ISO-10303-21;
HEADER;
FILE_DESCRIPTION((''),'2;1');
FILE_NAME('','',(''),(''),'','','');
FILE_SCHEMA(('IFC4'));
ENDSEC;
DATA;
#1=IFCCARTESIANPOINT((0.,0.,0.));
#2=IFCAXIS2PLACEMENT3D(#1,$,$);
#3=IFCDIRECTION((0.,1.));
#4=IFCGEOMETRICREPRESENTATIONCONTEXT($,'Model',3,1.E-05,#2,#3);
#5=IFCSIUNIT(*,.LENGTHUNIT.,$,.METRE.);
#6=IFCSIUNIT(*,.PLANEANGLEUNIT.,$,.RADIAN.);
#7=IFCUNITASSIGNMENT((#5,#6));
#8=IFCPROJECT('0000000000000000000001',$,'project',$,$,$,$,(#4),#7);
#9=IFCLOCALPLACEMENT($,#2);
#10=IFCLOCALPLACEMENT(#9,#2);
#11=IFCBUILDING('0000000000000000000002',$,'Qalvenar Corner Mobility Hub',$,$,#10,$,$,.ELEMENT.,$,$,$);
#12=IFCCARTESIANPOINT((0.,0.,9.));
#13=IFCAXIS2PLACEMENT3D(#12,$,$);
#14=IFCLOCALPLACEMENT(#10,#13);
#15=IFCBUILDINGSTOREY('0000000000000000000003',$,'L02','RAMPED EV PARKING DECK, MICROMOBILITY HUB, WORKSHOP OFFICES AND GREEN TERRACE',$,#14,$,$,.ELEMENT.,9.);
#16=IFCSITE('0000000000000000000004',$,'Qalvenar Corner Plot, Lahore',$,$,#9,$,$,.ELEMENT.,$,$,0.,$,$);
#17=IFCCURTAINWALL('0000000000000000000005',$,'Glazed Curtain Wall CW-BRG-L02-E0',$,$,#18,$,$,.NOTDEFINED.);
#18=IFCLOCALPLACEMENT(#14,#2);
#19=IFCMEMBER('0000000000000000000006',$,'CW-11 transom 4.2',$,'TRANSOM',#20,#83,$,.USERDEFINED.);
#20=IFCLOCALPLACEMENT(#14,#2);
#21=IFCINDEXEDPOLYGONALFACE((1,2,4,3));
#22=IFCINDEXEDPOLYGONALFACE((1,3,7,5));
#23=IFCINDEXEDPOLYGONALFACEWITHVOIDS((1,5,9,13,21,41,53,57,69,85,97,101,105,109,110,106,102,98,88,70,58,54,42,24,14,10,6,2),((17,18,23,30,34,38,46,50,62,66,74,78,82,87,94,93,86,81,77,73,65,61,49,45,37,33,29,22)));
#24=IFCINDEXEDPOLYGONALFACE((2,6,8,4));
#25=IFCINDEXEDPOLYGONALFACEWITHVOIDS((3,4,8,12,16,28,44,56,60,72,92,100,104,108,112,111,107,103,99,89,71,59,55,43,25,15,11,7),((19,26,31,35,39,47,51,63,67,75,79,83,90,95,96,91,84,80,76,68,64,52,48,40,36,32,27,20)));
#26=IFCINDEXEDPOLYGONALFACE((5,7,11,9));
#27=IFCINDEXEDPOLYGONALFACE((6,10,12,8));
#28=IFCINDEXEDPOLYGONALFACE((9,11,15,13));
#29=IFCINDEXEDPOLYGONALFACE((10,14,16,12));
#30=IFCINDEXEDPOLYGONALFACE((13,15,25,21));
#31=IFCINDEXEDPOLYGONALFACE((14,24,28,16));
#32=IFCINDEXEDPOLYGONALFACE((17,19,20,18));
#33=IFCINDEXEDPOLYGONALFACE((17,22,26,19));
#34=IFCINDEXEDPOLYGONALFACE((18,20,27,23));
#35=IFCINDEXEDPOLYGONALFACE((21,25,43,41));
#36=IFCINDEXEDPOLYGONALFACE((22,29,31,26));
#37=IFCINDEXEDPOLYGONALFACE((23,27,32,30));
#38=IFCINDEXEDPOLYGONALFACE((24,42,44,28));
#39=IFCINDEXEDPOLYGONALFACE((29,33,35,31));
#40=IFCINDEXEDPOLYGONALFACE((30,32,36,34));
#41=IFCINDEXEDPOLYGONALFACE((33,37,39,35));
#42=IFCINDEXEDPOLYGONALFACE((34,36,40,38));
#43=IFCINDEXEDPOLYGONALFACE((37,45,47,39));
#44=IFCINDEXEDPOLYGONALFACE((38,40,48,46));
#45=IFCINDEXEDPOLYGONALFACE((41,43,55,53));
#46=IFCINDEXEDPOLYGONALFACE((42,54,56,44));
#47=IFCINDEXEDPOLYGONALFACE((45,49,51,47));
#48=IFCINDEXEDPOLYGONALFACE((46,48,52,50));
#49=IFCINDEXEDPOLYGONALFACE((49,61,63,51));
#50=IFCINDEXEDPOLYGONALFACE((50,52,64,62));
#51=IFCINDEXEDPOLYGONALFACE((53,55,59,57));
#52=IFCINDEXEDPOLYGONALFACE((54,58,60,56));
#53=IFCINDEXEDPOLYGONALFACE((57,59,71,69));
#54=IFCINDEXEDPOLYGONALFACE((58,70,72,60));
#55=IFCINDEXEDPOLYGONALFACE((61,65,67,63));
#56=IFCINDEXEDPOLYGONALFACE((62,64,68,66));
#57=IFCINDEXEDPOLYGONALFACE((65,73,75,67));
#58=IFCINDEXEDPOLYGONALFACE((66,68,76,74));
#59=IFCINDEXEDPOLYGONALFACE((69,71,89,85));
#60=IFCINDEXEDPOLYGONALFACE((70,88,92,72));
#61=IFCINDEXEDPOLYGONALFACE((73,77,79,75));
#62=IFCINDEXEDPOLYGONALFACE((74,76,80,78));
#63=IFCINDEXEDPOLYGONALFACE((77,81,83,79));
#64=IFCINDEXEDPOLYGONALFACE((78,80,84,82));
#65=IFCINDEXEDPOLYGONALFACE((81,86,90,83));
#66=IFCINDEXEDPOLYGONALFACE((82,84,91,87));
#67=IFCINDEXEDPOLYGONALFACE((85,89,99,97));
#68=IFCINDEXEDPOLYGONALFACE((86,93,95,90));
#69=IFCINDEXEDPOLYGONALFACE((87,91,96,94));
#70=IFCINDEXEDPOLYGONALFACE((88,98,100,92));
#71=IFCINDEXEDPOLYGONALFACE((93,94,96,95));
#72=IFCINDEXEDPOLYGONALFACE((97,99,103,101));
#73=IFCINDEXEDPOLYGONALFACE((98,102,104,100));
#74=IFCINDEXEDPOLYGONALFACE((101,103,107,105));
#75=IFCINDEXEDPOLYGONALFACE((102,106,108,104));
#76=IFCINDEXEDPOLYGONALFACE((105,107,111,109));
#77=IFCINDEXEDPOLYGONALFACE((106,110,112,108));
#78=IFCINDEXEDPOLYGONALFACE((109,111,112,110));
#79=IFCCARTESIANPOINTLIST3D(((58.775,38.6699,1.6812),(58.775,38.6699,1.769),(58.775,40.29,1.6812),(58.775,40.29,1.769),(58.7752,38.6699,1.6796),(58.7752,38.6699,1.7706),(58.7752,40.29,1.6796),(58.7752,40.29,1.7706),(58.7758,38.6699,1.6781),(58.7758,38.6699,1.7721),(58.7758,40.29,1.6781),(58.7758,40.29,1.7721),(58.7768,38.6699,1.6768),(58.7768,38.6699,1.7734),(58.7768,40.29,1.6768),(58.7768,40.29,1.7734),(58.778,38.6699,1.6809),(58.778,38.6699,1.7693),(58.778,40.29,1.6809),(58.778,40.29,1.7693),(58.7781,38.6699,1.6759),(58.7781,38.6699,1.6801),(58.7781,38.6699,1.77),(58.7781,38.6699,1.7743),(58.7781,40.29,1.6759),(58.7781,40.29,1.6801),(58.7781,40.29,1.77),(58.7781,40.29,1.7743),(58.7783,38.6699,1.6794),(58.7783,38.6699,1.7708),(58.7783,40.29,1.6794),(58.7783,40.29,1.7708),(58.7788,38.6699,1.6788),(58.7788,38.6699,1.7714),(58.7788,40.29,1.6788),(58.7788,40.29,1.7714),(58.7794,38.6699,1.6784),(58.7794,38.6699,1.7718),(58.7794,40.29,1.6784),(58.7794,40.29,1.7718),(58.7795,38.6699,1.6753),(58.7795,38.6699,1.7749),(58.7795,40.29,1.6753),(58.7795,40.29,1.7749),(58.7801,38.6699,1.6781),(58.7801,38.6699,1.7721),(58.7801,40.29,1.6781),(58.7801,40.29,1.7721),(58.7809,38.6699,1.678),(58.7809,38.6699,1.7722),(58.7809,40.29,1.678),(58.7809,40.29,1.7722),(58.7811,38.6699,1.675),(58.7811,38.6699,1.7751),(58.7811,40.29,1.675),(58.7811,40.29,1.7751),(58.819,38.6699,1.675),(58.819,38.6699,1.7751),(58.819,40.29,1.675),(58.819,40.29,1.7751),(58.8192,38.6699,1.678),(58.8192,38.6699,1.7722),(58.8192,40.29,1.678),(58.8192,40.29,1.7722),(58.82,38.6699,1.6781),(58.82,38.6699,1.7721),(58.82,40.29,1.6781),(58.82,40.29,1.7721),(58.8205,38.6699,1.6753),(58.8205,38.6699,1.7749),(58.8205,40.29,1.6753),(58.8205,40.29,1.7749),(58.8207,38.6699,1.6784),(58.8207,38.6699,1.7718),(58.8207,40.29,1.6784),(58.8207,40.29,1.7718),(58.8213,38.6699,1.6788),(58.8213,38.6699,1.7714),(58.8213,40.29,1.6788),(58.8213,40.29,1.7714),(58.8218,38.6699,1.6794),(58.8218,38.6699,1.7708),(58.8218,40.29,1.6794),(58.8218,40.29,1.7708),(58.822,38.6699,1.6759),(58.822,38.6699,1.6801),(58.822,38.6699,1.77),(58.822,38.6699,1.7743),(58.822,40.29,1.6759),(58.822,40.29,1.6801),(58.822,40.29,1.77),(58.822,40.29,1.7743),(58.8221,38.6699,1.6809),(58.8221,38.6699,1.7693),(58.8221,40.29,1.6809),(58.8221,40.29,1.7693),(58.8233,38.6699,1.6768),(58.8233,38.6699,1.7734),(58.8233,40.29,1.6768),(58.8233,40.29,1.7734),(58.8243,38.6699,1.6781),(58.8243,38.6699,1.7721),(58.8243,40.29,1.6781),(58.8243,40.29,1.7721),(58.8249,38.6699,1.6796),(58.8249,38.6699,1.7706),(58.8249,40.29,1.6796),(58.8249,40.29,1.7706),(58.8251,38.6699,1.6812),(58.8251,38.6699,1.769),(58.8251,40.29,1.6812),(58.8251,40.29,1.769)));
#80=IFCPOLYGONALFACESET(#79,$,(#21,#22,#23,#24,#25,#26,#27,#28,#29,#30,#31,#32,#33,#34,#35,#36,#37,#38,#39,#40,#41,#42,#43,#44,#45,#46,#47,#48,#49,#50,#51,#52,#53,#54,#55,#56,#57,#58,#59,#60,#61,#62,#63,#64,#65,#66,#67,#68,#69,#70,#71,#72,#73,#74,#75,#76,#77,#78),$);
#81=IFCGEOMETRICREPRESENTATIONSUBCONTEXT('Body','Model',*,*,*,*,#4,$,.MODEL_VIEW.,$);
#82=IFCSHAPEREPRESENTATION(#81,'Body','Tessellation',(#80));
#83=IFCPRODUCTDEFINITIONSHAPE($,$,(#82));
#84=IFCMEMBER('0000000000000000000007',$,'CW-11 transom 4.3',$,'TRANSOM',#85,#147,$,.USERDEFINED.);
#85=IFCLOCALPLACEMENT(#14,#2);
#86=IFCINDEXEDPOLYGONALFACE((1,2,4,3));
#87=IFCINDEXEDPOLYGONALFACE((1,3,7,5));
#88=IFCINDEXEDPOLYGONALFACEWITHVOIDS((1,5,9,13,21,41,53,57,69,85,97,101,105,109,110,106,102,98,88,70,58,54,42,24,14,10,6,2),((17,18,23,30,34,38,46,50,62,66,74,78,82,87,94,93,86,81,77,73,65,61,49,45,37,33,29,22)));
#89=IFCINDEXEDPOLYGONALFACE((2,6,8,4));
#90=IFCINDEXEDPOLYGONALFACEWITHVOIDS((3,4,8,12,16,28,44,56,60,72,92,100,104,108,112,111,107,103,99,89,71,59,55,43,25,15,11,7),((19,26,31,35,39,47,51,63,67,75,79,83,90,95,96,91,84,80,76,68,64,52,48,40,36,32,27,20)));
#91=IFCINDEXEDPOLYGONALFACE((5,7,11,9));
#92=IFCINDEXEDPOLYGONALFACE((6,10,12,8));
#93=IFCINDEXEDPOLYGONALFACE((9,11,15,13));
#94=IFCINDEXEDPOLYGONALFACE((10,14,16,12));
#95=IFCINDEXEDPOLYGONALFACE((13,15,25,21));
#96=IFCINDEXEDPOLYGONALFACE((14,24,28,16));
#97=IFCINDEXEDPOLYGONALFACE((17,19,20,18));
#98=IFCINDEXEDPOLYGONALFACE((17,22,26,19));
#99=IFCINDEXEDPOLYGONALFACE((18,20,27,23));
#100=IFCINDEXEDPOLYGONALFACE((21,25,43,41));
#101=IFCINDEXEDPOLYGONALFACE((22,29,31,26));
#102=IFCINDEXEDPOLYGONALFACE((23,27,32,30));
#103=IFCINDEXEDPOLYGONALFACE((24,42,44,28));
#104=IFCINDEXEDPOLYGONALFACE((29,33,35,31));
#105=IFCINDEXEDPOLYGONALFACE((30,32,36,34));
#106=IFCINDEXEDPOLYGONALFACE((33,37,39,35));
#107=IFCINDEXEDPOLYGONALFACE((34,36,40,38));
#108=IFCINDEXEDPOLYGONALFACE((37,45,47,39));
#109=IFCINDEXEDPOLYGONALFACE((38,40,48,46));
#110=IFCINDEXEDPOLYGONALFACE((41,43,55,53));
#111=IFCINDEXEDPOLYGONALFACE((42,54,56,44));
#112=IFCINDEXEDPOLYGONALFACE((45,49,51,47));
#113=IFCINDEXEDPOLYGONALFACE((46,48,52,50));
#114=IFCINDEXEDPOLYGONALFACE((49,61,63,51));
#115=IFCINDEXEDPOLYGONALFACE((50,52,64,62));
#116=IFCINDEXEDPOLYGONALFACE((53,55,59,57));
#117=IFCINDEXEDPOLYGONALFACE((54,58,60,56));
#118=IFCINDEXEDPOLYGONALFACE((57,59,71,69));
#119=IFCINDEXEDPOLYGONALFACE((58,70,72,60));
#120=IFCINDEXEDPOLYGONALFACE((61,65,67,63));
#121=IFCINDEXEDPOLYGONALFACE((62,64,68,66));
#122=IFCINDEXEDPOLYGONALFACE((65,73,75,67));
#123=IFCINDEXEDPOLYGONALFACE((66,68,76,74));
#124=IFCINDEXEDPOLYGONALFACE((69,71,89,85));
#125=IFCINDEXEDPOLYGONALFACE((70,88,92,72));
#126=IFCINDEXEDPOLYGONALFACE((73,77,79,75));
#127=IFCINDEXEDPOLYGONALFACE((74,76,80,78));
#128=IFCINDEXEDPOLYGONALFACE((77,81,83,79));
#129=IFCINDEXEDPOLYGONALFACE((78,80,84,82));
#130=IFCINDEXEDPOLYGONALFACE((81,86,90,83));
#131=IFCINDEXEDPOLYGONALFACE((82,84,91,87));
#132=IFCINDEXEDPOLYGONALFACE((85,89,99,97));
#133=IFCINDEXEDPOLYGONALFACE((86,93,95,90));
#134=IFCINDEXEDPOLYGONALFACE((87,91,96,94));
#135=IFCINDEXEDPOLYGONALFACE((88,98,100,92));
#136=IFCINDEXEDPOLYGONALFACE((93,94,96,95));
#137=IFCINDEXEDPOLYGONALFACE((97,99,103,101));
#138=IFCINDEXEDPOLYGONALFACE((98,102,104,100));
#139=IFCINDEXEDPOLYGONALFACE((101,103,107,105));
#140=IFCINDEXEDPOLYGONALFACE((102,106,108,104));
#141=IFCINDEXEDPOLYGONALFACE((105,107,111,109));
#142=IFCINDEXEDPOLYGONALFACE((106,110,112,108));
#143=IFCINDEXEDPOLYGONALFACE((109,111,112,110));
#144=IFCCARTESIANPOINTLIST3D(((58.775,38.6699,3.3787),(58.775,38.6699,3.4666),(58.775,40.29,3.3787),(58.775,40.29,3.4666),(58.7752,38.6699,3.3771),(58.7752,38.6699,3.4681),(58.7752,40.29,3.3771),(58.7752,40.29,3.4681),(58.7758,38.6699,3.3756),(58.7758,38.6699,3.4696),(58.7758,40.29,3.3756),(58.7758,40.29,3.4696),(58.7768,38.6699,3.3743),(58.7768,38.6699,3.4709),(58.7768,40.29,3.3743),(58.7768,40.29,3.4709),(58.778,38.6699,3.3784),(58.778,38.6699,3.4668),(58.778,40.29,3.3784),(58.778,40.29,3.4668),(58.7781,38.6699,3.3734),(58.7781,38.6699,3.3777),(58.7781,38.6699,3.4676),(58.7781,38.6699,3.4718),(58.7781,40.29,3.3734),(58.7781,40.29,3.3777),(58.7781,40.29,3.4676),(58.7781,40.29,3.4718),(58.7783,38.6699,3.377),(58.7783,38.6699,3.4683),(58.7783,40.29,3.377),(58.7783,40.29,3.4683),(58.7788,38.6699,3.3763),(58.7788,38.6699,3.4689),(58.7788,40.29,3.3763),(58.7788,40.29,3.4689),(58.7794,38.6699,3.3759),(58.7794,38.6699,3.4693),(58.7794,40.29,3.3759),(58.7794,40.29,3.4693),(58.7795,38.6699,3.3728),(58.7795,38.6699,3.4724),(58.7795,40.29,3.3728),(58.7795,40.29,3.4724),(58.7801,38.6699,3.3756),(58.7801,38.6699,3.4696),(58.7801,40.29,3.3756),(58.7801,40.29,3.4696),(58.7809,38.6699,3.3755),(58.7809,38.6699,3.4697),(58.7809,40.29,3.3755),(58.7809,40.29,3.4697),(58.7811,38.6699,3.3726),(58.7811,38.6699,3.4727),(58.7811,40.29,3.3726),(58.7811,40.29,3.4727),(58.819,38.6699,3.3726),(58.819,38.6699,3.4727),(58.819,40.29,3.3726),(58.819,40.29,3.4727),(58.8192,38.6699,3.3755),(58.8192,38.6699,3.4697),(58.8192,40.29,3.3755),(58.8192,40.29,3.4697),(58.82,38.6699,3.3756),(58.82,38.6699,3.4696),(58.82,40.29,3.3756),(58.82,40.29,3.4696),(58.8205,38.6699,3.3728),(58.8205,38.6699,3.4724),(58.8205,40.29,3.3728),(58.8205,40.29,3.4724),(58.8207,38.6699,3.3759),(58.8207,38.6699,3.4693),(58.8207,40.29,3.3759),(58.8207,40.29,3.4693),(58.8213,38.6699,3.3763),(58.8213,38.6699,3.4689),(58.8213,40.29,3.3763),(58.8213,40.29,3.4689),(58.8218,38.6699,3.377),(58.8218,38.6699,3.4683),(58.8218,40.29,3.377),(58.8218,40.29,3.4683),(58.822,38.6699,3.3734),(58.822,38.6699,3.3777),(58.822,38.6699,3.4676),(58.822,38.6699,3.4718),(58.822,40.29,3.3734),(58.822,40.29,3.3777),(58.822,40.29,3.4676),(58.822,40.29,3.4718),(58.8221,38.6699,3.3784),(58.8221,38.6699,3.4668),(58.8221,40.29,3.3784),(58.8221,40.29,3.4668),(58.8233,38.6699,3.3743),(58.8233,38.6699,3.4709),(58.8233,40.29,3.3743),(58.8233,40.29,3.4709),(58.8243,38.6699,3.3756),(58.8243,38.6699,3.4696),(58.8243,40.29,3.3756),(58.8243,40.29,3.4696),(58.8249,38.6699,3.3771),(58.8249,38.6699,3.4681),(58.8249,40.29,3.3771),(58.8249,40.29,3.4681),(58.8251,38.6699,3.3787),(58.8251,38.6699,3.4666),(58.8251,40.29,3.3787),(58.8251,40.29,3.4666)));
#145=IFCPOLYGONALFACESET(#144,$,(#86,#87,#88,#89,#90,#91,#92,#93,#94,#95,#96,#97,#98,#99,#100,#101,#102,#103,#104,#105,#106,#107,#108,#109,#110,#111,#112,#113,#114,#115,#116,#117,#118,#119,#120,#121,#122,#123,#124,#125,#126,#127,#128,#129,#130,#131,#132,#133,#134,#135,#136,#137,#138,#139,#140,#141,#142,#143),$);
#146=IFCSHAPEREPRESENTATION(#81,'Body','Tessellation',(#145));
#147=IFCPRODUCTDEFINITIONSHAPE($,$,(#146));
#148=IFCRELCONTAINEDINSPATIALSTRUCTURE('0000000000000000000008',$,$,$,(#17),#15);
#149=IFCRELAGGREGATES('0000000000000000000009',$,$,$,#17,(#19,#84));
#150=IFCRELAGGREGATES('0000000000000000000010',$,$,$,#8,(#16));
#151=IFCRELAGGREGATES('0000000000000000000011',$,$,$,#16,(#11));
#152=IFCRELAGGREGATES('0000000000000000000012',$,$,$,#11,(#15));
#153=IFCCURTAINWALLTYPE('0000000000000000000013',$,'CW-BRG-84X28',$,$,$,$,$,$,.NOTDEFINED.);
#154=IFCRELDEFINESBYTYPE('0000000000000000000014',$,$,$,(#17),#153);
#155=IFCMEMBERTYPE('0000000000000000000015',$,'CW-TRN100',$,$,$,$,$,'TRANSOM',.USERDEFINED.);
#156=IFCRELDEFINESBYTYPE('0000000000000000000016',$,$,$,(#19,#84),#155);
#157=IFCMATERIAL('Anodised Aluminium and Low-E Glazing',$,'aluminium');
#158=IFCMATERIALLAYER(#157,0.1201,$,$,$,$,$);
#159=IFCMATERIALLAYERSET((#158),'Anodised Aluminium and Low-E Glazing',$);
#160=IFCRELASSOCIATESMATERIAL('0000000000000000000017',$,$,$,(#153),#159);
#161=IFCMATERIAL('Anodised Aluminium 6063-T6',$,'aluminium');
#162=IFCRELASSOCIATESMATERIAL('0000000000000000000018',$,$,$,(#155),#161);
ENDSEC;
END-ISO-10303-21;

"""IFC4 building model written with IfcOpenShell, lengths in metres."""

from ifc_helpers import new_model, si_unit, direction, frame, origin, origin_2d, place, context, subcontext, project, spatial, hollow_rectangle, extrude, material, layer, layer_set, material_profile, profile_set, type_object, element, aggregate, save


model = new_model("IFC4")

# Units and contexts
model_context = context("Model", 3, precision=1e-05, world=origin(), true_north=direction((0.0, 1.0)))
body_context = subcontext(model_context, "Body", "Model", "MODEL_VIEW")
ifc_project = project(units=[si_unit("LENGTHUNIT", "METRE"), si_unit("PLANEANGLEUNIT", "RADIAN")], contexts=[model_context])

# Site, building, storey
site_placement = place(None, origin())
site = spatial("IfcSite", under=ifc_project, at=site_placement, Name="Qalvenar Corner Plot, Lahore", CompositionType="ELEMENT", RefElevation=0.0)
building_placement = place(site_placement, origin())
building = spatial("IfcBuilding", under=site, at=building_placement, Name="Qalvenar Corner Mobility Hub", CompositionType="ELEMENT")
storey_placement = place(building_placement, frame((0.0, 0.0, 9.0)))
storey = spatial("IfcBuildingStorey", under=building, at=storey_placement, Name="L02", Description="RAMPED EV PARKING DECK, MICROMOBILITY HUB, WORKSHOP OFFICES AND GREEN TERRACE", CompositionType="ELEMENT", Elevation=9.0)

# Curtain wall, members
ifc_material_1 = material(Name="Anodised Aluminium and Low-E Glazing", Category="aluminium")
ifc_layer_1 = layer(ifc_material_1, 0.1201)
ifc_layer_set_1 = layer_set([ifc_layer_1], Name="Anodised Aluminium and Low-E Glazing")
curtain_wall_type = type_object("IfcCurtainWallType", Name="CW-BRG-84X28", PredefinedType="NOTDEFINED", material=ifc_layer_set_1)
curtain_wall_placement = place(storey_placement, origin())
curtain_wall = element("IfcCurtainWall", 1, at=curtain_wall_placement, inside=storey, type_object=curtain_wall_type, Name="Glazed Curtain Wall CW-BRG-L02-E0", PredefinedType="NOTDEFINED")
ifc_material_2 = material(Name="Anodised Aluminium 6063-T6", Category="aluminium")
ifc_material_profile_1 = material_profile(ifc_material_2, hollow_rectangle(XDim=0.05, YDim=0.1001, WallThickness=0.0029, InnerFilletRadius=0.0029, OuterFilletRadius=0.0061, at=origin_2d()), Name="RHS100x50x3")
ifc_profile_set_1 = profile_set([ifc_material_profile_1], Name="Anodised Aluminium 6063-T6")
member_type_1 = type_object("IfcMemberType", Name="CW-TRN100", ElementType="TRANSOM", PredefinedType="USERDEFINED", material=ifc_profile_set_1)
member_1_placement = place(storey_placement, frame((58.8, 38.6699, 1.7251), z_axis=(0.0, 1.0, 0.0), x_axis=(-1.0, 0.0, 0.0)))
member_1 = element("IfcMember", 2, at=member_1_placement, type_object=member_type_1, Name="CW-11 transom 4.2", ObjectType="TRANSOM", PredefinedType="USERDEFINED", context=body_context, shape_type="SweptSolid", body=[
    extrude(hollow_rectangle(XDim=0.05, YDim=0.1001, WallThickness=0.0029, InnerFilletRadius=0.0029, OuterFilletRadius=0.0061, at=origin_2d()), origin(), (0.0, 0.0, 1.0), 1.6201),
])
member_2_placement = place(storey_placement, frame((58.8, 38.6699, 3.4226), z_axis=(0.0, 1.0, 0.0), x_axis=(-1.0, 0.0, 0.0)))
member_2 = element("IfcMember", 3, at=member_2_placement, type_object=member_type_1, Name="CW-11 transom 4.3", ObjectType="TRANSOM", PredefinedType="USERDEFINED", context=body_context, shape_type="SweptSolid", body=[
    extrude(hollow_rectangle(XDim=0.05, YDim=0.1001, WallThickness=0.0029, InnerFilletRadius=0.0029, OuterFilletRadius=0.0061, at=origin_2d()), origin(), (0.0, 0.0, 1.0), 1.6201),
])
aggregate(curtain_wall, [member_1, member_2])

save(model, "model.ifc")
